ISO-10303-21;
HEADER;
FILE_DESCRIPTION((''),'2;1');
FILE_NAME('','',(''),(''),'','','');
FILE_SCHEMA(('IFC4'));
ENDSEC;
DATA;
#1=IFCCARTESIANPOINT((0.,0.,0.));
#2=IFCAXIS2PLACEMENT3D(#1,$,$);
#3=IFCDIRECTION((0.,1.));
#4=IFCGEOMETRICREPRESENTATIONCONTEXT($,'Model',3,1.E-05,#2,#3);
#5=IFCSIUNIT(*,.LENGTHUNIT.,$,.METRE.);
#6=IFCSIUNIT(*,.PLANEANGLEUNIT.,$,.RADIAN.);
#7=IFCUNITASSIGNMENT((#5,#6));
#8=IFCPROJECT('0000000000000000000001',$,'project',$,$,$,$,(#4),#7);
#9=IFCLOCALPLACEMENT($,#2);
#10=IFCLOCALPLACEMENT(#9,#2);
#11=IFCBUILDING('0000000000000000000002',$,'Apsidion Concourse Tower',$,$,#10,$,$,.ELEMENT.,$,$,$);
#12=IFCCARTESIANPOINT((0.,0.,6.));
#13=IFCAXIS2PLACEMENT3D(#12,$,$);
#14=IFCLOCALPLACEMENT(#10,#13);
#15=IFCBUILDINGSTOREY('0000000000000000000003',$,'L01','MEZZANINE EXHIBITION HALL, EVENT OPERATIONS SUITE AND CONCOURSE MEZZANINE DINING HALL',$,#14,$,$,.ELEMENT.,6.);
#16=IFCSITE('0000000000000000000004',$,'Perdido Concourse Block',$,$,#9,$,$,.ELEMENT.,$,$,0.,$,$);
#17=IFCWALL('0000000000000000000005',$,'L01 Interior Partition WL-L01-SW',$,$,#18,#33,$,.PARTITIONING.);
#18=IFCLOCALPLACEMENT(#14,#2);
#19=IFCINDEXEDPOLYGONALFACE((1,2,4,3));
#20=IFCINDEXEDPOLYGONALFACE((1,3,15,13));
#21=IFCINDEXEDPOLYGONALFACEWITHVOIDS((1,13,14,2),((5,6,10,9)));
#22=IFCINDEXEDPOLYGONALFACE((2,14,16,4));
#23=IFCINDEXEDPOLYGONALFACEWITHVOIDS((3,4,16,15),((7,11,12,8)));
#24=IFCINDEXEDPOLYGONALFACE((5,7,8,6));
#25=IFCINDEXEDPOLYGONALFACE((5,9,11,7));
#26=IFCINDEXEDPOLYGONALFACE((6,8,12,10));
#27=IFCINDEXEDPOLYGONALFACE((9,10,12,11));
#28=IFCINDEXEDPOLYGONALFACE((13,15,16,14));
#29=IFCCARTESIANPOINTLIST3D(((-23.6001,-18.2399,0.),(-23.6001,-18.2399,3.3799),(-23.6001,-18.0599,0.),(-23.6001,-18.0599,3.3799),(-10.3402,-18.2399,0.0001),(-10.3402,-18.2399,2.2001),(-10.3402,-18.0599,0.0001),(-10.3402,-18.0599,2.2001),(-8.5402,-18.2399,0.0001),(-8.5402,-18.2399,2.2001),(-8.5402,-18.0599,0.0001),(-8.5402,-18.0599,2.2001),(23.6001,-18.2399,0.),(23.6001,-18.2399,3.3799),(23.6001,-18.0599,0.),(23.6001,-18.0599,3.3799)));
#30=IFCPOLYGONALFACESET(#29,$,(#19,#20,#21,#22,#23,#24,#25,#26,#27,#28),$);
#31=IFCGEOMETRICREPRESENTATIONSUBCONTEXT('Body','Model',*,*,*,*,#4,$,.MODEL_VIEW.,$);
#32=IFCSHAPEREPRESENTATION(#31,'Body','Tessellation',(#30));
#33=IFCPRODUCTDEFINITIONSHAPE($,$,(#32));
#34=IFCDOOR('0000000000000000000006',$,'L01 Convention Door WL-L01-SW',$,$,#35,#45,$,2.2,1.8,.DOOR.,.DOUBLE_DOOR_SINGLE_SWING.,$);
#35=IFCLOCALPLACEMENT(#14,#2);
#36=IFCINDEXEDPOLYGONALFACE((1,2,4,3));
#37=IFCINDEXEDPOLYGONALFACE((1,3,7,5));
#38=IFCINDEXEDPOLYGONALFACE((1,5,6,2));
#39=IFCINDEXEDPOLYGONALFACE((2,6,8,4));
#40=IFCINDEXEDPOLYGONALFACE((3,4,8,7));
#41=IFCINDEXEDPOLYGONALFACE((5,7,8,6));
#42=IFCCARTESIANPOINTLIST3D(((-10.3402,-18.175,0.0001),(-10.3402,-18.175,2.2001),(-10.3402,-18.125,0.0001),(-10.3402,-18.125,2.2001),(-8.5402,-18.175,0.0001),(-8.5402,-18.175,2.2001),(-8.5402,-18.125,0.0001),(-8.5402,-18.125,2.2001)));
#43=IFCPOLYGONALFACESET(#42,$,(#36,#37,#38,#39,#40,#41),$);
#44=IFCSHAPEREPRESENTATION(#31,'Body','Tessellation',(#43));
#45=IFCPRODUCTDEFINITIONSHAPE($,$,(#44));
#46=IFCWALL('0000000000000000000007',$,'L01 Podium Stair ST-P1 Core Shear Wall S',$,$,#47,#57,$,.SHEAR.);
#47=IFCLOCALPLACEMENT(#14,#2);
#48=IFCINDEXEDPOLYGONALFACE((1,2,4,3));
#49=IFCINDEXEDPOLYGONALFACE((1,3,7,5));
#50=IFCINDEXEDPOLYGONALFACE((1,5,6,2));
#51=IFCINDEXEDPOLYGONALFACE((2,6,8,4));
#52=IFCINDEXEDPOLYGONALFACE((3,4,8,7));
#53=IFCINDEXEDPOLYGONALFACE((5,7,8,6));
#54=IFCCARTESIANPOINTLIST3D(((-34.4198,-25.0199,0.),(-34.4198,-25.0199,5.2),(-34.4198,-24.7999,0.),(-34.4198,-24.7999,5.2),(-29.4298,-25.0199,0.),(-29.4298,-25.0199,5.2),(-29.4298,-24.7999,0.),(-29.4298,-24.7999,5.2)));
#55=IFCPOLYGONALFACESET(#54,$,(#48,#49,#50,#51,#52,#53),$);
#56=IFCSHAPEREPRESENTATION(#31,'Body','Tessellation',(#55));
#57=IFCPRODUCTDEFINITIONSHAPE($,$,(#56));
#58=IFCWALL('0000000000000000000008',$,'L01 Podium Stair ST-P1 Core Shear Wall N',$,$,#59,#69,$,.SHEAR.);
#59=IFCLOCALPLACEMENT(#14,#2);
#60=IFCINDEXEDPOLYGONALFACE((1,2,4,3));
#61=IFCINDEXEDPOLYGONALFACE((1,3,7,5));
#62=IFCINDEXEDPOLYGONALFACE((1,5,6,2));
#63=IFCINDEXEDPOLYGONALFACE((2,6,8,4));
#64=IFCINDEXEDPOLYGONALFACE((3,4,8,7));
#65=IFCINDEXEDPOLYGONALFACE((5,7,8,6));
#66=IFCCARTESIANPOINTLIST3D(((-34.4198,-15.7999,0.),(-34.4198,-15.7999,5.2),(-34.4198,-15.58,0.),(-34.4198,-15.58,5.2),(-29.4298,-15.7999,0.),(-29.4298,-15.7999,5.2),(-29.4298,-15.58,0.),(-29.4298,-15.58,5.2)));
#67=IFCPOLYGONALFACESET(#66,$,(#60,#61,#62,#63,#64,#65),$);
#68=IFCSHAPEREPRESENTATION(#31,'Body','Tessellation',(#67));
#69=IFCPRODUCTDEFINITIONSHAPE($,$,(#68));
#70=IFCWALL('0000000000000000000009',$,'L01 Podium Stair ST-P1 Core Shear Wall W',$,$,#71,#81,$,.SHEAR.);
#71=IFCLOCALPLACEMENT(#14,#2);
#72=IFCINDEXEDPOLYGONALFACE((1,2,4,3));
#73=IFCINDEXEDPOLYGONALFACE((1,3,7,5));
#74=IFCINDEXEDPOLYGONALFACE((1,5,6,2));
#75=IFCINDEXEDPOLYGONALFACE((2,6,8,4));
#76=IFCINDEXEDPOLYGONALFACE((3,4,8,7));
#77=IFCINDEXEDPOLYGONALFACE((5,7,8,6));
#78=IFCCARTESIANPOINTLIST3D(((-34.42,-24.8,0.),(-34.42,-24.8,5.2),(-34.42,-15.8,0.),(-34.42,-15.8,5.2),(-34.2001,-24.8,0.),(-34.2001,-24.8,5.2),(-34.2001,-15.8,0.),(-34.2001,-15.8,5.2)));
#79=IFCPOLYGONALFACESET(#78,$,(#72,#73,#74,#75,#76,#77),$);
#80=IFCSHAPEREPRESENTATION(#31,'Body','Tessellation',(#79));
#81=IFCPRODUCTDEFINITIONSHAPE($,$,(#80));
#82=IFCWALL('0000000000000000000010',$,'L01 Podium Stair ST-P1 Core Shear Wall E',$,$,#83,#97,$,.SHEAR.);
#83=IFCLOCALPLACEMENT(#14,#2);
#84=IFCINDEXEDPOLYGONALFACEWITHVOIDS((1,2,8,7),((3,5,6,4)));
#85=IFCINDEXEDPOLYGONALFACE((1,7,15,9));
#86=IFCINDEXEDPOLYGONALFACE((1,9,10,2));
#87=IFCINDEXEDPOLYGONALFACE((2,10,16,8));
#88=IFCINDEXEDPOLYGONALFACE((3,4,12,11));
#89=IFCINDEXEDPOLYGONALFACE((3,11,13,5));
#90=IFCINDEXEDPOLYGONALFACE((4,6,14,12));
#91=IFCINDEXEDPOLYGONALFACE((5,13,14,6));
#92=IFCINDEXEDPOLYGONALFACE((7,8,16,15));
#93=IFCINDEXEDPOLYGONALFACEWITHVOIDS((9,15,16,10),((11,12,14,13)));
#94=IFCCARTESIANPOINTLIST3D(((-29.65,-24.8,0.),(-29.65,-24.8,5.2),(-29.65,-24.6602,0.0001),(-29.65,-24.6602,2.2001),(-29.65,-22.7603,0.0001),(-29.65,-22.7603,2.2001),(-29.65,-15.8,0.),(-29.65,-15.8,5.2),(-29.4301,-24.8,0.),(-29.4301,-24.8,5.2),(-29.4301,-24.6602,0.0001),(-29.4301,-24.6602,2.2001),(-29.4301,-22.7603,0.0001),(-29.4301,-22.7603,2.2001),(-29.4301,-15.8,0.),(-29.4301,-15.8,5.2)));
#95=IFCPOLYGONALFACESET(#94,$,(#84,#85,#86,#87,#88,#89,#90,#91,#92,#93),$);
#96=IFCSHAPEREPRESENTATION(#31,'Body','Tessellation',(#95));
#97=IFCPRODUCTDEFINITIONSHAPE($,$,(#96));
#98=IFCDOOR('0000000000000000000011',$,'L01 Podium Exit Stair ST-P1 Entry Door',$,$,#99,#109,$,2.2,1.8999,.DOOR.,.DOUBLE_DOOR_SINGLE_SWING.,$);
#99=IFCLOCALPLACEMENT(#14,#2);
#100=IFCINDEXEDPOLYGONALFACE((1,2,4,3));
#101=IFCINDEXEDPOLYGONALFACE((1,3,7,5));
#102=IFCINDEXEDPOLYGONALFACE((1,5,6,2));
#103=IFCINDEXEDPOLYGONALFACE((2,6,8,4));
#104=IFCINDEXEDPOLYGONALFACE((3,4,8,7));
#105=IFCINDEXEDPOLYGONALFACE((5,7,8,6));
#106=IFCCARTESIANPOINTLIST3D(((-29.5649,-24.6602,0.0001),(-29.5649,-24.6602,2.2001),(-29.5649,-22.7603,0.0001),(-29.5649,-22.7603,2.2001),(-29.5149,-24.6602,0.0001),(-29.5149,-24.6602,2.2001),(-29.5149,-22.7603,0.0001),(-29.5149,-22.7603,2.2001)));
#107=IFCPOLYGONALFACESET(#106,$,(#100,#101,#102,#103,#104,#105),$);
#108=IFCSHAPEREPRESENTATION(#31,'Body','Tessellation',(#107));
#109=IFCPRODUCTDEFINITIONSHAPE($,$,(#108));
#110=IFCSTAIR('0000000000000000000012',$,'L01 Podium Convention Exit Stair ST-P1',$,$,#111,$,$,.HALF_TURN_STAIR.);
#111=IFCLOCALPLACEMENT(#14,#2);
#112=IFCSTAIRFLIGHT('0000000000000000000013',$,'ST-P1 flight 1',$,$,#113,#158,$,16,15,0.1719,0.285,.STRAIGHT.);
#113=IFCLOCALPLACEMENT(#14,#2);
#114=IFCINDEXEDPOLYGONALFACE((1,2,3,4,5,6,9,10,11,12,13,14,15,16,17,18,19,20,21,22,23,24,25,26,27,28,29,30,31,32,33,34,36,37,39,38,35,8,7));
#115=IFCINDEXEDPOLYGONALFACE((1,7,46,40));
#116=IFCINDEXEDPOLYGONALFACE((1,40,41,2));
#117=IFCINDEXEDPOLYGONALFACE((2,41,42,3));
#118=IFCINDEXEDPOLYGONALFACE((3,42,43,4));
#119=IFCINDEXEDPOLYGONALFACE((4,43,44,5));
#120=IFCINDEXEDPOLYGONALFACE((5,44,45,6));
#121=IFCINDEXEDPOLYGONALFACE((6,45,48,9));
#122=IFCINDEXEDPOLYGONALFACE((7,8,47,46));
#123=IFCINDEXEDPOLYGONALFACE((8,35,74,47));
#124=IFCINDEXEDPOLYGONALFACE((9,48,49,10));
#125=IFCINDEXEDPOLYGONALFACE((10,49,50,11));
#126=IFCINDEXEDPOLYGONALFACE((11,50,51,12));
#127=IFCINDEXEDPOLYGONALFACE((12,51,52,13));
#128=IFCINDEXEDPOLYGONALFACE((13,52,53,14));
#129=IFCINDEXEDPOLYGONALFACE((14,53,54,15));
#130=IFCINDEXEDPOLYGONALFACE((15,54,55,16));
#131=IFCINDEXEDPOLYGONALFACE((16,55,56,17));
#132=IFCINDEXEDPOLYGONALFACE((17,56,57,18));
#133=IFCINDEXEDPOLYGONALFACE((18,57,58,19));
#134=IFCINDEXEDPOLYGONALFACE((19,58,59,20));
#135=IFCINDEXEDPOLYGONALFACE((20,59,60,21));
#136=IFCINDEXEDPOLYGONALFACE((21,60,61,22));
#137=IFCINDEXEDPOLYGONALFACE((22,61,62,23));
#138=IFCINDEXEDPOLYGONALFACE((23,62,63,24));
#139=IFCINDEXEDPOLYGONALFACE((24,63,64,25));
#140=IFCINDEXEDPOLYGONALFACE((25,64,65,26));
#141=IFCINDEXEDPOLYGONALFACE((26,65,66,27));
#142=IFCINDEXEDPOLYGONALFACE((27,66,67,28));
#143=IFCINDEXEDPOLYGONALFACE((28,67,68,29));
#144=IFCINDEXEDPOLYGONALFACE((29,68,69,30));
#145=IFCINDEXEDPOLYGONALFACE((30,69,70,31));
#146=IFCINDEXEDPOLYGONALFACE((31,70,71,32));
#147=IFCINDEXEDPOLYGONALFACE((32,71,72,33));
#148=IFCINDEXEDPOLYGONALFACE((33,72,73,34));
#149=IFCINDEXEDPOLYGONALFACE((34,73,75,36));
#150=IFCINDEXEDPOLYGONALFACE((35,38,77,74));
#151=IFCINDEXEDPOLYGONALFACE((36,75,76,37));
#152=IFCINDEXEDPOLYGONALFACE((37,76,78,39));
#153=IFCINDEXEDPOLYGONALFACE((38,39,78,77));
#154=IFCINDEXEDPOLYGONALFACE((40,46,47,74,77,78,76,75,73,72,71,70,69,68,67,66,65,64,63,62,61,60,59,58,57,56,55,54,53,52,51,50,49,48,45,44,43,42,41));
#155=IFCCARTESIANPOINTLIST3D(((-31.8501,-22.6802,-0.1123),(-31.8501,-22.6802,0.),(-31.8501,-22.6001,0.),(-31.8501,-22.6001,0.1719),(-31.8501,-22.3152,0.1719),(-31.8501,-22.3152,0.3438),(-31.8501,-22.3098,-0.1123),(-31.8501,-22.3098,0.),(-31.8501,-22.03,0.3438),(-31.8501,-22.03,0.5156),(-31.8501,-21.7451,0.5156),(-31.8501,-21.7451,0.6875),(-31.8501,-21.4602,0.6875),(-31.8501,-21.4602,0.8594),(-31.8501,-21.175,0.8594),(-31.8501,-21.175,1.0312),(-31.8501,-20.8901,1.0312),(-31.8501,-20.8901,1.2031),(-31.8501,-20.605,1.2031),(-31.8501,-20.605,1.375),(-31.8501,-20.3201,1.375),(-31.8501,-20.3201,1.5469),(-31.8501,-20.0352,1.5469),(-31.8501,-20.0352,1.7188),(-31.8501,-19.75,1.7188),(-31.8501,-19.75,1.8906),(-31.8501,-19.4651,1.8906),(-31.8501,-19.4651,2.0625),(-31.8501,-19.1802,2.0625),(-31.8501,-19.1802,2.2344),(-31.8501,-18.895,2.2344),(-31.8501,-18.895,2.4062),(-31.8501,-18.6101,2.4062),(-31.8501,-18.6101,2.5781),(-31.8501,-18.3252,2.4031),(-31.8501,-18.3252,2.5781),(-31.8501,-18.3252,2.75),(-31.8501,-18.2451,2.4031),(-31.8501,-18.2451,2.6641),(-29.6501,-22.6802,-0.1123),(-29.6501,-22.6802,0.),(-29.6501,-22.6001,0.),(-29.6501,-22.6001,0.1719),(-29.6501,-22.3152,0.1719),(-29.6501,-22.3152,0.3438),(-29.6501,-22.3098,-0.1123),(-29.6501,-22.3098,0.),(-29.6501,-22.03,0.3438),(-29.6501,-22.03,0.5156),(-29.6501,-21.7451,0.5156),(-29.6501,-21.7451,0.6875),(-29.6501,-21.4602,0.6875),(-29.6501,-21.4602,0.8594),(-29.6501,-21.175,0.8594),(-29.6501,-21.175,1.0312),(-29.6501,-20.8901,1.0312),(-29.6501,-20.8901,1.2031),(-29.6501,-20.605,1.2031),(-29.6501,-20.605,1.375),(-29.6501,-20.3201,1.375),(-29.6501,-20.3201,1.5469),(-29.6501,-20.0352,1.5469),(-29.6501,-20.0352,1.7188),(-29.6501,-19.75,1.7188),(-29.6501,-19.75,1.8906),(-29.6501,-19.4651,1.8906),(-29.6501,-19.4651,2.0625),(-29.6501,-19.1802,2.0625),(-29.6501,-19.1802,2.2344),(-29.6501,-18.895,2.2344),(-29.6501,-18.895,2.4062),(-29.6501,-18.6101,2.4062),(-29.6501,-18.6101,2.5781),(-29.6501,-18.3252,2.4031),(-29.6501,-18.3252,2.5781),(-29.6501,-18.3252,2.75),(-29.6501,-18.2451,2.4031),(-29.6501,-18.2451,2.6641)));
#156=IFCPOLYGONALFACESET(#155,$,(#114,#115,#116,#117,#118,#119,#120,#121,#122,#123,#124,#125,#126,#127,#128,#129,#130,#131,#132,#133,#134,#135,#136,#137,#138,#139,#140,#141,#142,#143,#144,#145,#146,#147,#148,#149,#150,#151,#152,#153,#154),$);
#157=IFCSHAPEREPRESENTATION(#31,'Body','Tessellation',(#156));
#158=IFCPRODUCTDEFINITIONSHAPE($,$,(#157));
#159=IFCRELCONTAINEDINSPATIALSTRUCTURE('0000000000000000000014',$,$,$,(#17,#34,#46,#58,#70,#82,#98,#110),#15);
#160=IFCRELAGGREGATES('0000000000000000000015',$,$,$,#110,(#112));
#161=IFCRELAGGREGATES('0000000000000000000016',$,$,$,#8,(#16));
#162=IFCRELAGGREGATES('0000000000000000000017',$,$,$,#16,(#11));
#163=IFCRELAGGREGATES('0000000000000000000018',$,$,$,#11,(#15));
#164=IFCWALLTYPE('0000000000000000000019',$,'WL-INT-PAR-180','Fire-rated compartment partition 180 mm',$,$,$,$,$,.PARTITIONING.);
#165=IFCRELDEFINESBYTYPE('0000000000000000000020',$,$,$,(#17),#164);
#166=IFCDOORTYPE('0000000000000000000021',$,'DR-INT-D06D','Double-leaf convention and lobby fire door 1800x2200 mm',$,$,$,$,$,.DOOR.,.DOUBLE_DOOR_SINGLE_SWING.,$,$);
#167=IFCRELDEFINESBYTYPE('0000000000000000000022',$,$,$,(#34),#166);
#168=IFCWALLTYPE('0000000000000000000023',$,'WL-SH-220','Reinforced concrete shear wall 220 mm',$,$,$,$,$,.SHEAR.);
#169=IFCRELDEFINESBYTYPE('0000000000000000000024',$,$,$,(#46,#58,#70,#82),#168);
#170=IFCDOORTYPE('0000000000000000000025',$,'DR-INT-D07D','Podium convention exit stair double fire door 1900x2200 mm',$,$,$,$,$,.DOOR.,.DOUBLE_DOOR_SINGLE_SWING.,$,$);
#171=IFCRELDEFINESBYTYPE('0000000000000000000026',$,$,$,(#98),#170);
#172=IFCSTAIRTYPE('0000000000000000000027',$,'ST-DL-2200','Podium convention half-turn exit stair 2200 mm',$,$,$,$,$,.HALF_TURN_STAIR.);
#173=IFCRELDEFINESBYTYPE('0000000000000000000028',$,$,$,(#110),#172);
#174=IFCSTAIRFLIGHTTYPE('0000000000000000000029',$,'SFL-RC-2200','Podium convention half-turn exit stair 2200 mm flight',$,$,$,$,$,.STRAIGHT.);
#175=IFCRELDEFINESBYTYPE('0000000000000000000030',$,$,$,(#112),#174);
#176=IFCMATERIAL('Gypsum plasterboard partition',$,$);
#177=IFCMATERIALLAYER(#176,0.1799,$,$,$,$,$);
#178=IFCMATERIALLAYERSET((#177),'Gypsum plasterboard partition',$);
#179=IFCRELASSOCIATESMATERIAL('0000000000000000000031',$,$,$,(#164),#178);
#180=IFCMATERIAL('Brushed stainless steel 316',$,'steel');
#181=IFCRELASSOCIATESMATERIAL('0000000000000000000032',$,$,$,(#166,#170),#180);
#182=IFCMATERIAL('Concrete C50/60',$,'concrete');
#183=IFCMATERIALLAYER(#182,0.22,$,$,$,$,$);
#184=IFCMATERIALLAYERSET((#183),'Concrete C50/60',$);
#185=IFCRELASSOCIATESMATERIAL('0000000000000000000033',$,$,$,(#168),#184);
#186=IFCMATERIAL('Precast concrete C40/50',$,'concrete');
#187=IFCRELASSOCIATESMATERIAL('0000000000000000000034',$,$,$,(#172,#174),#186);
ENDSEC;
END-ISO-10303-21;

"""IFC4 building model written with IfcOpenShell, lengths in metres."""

from ifc_helpers import new_model, si_unit, direction, frame, frame_2d, origin, place, context, subcontext, project, spatial, polyline, rectangle, outline, extrude, material, layer, layer_set, type_object, element, fill, aggregate, save


model = new_model("IFC4")

# Units and contexts
model_context = context("Model", 3, precision=1e-05, world=origin(), true_north=direction((0.0, 1.0)))
body_context = subcontext(model_context, "Body", "Model", "MODEL_VIEW")
ifc_project = project(units=[si_unit("LENGTHUNIT", "METRE"), si_unit("PLANEANGLEUNIT", "RADIAN")], contexts=[model_context])

# Site, building, storey
site_placement = place(None, origin())
site = spatial("IfcSite", under=ifc_project, at=site_placement, Name="Perdido Concourse Block", CompositionType="ELEMENT", RefElevation=0.0)
building_placement = place(site_placement, origin())
building = spatial("IfcBuilding", under=site, at=building_placement, Name="Apsidion Concourse Tower", CompositionType="ELEMENT")
storey_placement = place(building_placement, frame((0.0, 0.0, 6.0)))
storey = spatial("IfcBuildingStorey", under=building, at=storey_placement, Name="L01", Description="MEZZANINE EXHIBITION HALL, EVENT OPERATIONS SUITE AND CONCOURSE MEZZANINE DINING HALL", CompositionType="ELEMENT", Elevation=6.0)

# Shared definitions
ifc_material_1 = material(Name="Precast concrete C40/50", Category="concrete")

# Wall, opening, door
ifc_material_2 = material(Name="Gypsum plasterboard partition")
ifc_layer_1 = layer(ifc_material_2, 0.1799)
ifc_layer_set_1 = layer_set([ifc_layer_1], Name="Gypsum plasterboard partition")
wall_type_1 = type_object("IfcWallType", Name="WL-INT-PAR-180", Description="Fire-rated compartment partition 180 mm", PredefinedType="PARTITIONING", material=ifc_layer_set_1)
wall_1_placement = place(storey_placement, frame((-23.6001, -18.1499, 0.0), z_axis=(0.0, 0.0, 1.0), x_axis=(1.0, 0.0, 0.0)))
wall_1 = element("IfcWall", 1, at=wall_1_placement, inside=storey, type_object=wall_type_1, Name="L01 Interior Partition WL-L01-SW", PredefinedType="PARTITIONING", context=body_context, shape_type="SweptSolid", body=[
    extrude(rectangle(XDim=47.2002, YDim=0.1799, at=frame_2d((23.6001, 0.0))), origin(), (0.0, 0.0, 1.0), 3.3799),
])
opening_1_placement = place(wall_1_placement, frame((13.26, 0.0, 0.0)))
opening_1 = element("IfcOpeningElement", 2, at=opening_1_placement, cuts=wall_1, PredefinedType="OPENING", context=body_context, shape_type="SweptSolid", body=[
    extrude(rectangle(XDim=1.8, YDim=2.2, at=frame_2d((0.8999, 1.1001))), frame((0.0, 0.1001, 0.0), z_axis=(0.0, -1.0, 0.0), x_axis=(1.0, 0.0, 0.0)), (0.0, 0.0, 1.0), 0.2),
])
ifc_material_3 = material(Name="Brushed stainless steel 316", Category="steel")
door_type_1 = type_object("IfcDoorType", Name="DR-INT-D06D", Description="Double-leaf convention and lobby fire door 1800x2200 mm", OperationType="DOUBLE_DOOR_SINGLE_SWING", PredefinedType="DOOR", material=ifc_material_3)
door_1_placement = place(opening_1_placement, origin())
door_1 = element("IfcDoor", 3, at=door_1_placement, inside=storey, type_object=door_type_1, Name="L01 Convention Door WL-L01-SW", OperationType="DOUBLE_DOOR_SINGLE_SWING", OverallHeight=2.2, OverallWidth=1.8, PredefinedType="DOOR", context=body_context, shape_type="SweptSolid", body=[
    extrude(rectangle(XDim=1.8, YDim=2.2, at=frame_2d((0.8999, 1.1001))), frame((0.0, 0.0249, 0.0), z_axis=(0.0, -1.0, 0.0), x_axis=(1.0, 0.0, 0.0)), (0.0, 0.0, 1.0), 0.05),
])
fill(opening_1, door_1)

# Walls
ifc_material_4 = material(Name="Concrete C50/60", Category="concrete")
ifc_layer_2 = layer(ifc_material_4, 0.22)
ifc_layer_set_2 = layer_set([ifc_layer_2], Name="Concrete C50/60")
wall_type_2 = type_object("IfcWallType", Name="WL-SH-220", Description="Reinforced concrete shear wall 220 mm", PredefinedType="SHEAR", material=ifc_layer_set_2)
for number, where, z_axis, x_axis, name in (
    (4, (-34.4199, -24.9099, 0.0), (0.0, 0.0, 1.0), (1.0, 0.0, 0.0), "L01 Podium Stair ST-P1 Core Shear Wall S"),
    (5, (-34.4199, -15.6899, 0.0), (0.0, 0.0, 1.0), (1.0, 0.0, 0.0), "L01 Podium Stair ST-P1 Core Shear Wall N"),
):
    element("IfcWall", number, at=place(storey_placement, frame(where, z_axis=z_axis, x_axis=x_axis)), inside=storey, type_object=wall_type_2, Name=name, PredefinedType="SHEAR", context=body_context, shape_type="SweptSolid", body=[
        extrude(rectangle(XDim=4.99, YDim=0.22, at=frame_2d((2.4951, 0.0))), origin(), (0.0, 0.0, 1.0), 5.2),
    ])
wall_2_placement = place(storey_placement, frame((-34.3101, -24.8, 0.0), z_axis=(0.0, 0.0, 1.0), x_axis=(0.0, 1.0, 0.0)))
element("IfcWall", 6, at=wall_2_placement, inside=storey, type_object=wall_type_2, Name="L01 Podium Stair ST-P1 Core Shear Wall W", PredefinedType="SHEAR", context=body_context, shape_type="SweptSolid", body=[
    extrude(rectangle(XDim=9.0, YDim=0.22, at=frame_2d((4.5, 0.0))), origin(), (0.0, 0.0, 1.0), 5.2),
])

# Wall, opening, door
wall_3_placement = place(storey_placement, frame((-29.54, -24.8, 0.0), z_axis=(0.0, 0.0, 1.0), x_axis=(0.0, 1.0, 0.0)))
wall_3 = element("IfcWall", 7, at=wall_3_placement, inside=storey, type_object=wall_type_2, Name="L01 Podium Stair ST-P1 Core Shear Wall E", PredefinedType="SHEAR", context=body_context, shape_type="SweptSolid", body=[
    extrude(rectangle(XDim=9.0, YDim=0.22, at=frame_2d((4.5, 0.0))), origin(), (0.0, 0.0, 1.0), 5.2),
])
opening_2_placement = place(wall_3_placement, frame((0.1399, 0.0, 0.0)))
opening_2 = element("IfcOpeningElement", 8, at=opening_2_placement, cuts=wall_3, PredefinedType="OPENING", context=body_context, shape_type="SweptSolid", body=[
    extrude(rectangle(XDim=1.8999, YDim=2.2, at=frame_2d((0.95, 1.1001))), frame((0.0, 0.1201, 0.0), z_axis=(0.0, -1.0, 0.0), x_axis=(1.0, 0.0, 0.0)), (0.0, 0.0, 1.0), 0.24),
])
door_type_2 = type_object("IfcDoorType", Name="DR-INT-D07D", Description="Podium convention exit stair double fire door 1900x2200 mm", OperationType="DOUBLE_DOOR_SINGLE_SWING", PredefinedType="DOOR", material=ifc_material_3)
door_2_placement = place(opening_2_placement, origin())
door_2 = element("IfcDoor", 9, at=door_2_placement, inside=storey, type_object=door_type_2, Name="L01 Podium Exit Stair ST-P1 Entry Door", OperationType="DOUBLE_DOOR_SINGLE_SWING", OverallHeight=2.2, OverallWidth=1.8999, PredefinedType="DOOR", context=body_context, shape_type="SweptSolid", body=[
    extrude(rectangle(XDim=1.8999, YDim=2.2, at=frame_2d((0.95, 1.1001))), frame((0.0, 0.0249, 0.0), z_axis=(0.0, -1.0, 0.0), x_axis=(1.0, 0.0, 0.0)), (0.0, 0.0, 1.0), 0.05),
])
fill(opening_2, door_2)

# Stair, stair flight
stair_type = type_object("IfcStairType", Name="ST-DL-2200", Description="Podium convention half-turn exit stair 2200 mm", PredefinedType="HALF_TURN_STAIR", material=ifc_material_1)
stair_placement = place(storey_placement, origin())
stair = element("IfcStair", 10, at=stair_placement, inside=storey, type_object=stair_type, Name="L01 Podium Convention Exit Stair ST-P1", PredefinedType="HALF_TURN_STAIR")
stair_flight_type = type_object("IfcStairFlightType", Name="SFL-RC-2200", Description="Podium convention half-turn exit stair 2200 mm flight", PredefinedType="STRAIGHT", material=ifc_material_1)
stair_flight_1_placement = place(storey_placement, frame((-30.75, -22.6001, 0.0), z_axis=(0.0, 0.0, 1.0), x_axis=(0.0, 1.0, 0.0)))
stair_flight_1 = element("IfcStairFlight", 11, at=stair_flight_1_placement, type_object=stair_flight_type, Name="ST-P1 flight 1", NumberOfRisers=16, NumberOfTreads=15, PredefinedType="STRAIGHT", RiserHeight=0.1719, TreadLength=0.285, context=body_context, shape_type="SweptSolid", body=[
    extrude(outline(polyline([(-0.0801, -0.1123), (-0.0801, 0.0), (0.0, 0.0), (0.0, 0.1719), (0.2849, 0.1719), (0.2849, 0.3438), (0.5701, 0.3438), (0.5701, 0.5156), (0.855, 0.5156), (0.855, 0.6875), (1.1399, 0.6875), (1.1399, 0.8594), (1.425, 0.8594), (1.425, 1.0312), (1.71, 1.0312), (1.71, 1.2031), (1.9951, 1.2031), (1.9951, 1.375), (2.28, 1.375), (2.28, 1.5469), (2.5649, 1.5469), (2.5649, 1.7188), (2.8501, 1.7188), (2.8501, 1.8906), (3.135, 1.8906), (3.135, 2.0625), (3.4199, 2.0625), (3.4199, 2.2344), (3.7051, 2.2344), (3.7051, 2.4062), (3.99, 2.4062), (3.99, 2.5781), (4.2749, 2.5781), (4.2749, 2.75), (4.355, 2.6641), (4.355, 2.4031), (4.2749, 2.4031), (0.2903, 0.0), (0.2903, -0.1123), (-0.0801, -0.1123)])), frame((0.0, 1.1001, 0.0), z_axis=(0.0, -1.0, 0.0), x_axis=(1.0, 0.0, 0.0)), (0.0, 0.0, 1.0), 2.2),
])
aggregate(stair, [stair_flight_1])

save(model, "model.ifc")
